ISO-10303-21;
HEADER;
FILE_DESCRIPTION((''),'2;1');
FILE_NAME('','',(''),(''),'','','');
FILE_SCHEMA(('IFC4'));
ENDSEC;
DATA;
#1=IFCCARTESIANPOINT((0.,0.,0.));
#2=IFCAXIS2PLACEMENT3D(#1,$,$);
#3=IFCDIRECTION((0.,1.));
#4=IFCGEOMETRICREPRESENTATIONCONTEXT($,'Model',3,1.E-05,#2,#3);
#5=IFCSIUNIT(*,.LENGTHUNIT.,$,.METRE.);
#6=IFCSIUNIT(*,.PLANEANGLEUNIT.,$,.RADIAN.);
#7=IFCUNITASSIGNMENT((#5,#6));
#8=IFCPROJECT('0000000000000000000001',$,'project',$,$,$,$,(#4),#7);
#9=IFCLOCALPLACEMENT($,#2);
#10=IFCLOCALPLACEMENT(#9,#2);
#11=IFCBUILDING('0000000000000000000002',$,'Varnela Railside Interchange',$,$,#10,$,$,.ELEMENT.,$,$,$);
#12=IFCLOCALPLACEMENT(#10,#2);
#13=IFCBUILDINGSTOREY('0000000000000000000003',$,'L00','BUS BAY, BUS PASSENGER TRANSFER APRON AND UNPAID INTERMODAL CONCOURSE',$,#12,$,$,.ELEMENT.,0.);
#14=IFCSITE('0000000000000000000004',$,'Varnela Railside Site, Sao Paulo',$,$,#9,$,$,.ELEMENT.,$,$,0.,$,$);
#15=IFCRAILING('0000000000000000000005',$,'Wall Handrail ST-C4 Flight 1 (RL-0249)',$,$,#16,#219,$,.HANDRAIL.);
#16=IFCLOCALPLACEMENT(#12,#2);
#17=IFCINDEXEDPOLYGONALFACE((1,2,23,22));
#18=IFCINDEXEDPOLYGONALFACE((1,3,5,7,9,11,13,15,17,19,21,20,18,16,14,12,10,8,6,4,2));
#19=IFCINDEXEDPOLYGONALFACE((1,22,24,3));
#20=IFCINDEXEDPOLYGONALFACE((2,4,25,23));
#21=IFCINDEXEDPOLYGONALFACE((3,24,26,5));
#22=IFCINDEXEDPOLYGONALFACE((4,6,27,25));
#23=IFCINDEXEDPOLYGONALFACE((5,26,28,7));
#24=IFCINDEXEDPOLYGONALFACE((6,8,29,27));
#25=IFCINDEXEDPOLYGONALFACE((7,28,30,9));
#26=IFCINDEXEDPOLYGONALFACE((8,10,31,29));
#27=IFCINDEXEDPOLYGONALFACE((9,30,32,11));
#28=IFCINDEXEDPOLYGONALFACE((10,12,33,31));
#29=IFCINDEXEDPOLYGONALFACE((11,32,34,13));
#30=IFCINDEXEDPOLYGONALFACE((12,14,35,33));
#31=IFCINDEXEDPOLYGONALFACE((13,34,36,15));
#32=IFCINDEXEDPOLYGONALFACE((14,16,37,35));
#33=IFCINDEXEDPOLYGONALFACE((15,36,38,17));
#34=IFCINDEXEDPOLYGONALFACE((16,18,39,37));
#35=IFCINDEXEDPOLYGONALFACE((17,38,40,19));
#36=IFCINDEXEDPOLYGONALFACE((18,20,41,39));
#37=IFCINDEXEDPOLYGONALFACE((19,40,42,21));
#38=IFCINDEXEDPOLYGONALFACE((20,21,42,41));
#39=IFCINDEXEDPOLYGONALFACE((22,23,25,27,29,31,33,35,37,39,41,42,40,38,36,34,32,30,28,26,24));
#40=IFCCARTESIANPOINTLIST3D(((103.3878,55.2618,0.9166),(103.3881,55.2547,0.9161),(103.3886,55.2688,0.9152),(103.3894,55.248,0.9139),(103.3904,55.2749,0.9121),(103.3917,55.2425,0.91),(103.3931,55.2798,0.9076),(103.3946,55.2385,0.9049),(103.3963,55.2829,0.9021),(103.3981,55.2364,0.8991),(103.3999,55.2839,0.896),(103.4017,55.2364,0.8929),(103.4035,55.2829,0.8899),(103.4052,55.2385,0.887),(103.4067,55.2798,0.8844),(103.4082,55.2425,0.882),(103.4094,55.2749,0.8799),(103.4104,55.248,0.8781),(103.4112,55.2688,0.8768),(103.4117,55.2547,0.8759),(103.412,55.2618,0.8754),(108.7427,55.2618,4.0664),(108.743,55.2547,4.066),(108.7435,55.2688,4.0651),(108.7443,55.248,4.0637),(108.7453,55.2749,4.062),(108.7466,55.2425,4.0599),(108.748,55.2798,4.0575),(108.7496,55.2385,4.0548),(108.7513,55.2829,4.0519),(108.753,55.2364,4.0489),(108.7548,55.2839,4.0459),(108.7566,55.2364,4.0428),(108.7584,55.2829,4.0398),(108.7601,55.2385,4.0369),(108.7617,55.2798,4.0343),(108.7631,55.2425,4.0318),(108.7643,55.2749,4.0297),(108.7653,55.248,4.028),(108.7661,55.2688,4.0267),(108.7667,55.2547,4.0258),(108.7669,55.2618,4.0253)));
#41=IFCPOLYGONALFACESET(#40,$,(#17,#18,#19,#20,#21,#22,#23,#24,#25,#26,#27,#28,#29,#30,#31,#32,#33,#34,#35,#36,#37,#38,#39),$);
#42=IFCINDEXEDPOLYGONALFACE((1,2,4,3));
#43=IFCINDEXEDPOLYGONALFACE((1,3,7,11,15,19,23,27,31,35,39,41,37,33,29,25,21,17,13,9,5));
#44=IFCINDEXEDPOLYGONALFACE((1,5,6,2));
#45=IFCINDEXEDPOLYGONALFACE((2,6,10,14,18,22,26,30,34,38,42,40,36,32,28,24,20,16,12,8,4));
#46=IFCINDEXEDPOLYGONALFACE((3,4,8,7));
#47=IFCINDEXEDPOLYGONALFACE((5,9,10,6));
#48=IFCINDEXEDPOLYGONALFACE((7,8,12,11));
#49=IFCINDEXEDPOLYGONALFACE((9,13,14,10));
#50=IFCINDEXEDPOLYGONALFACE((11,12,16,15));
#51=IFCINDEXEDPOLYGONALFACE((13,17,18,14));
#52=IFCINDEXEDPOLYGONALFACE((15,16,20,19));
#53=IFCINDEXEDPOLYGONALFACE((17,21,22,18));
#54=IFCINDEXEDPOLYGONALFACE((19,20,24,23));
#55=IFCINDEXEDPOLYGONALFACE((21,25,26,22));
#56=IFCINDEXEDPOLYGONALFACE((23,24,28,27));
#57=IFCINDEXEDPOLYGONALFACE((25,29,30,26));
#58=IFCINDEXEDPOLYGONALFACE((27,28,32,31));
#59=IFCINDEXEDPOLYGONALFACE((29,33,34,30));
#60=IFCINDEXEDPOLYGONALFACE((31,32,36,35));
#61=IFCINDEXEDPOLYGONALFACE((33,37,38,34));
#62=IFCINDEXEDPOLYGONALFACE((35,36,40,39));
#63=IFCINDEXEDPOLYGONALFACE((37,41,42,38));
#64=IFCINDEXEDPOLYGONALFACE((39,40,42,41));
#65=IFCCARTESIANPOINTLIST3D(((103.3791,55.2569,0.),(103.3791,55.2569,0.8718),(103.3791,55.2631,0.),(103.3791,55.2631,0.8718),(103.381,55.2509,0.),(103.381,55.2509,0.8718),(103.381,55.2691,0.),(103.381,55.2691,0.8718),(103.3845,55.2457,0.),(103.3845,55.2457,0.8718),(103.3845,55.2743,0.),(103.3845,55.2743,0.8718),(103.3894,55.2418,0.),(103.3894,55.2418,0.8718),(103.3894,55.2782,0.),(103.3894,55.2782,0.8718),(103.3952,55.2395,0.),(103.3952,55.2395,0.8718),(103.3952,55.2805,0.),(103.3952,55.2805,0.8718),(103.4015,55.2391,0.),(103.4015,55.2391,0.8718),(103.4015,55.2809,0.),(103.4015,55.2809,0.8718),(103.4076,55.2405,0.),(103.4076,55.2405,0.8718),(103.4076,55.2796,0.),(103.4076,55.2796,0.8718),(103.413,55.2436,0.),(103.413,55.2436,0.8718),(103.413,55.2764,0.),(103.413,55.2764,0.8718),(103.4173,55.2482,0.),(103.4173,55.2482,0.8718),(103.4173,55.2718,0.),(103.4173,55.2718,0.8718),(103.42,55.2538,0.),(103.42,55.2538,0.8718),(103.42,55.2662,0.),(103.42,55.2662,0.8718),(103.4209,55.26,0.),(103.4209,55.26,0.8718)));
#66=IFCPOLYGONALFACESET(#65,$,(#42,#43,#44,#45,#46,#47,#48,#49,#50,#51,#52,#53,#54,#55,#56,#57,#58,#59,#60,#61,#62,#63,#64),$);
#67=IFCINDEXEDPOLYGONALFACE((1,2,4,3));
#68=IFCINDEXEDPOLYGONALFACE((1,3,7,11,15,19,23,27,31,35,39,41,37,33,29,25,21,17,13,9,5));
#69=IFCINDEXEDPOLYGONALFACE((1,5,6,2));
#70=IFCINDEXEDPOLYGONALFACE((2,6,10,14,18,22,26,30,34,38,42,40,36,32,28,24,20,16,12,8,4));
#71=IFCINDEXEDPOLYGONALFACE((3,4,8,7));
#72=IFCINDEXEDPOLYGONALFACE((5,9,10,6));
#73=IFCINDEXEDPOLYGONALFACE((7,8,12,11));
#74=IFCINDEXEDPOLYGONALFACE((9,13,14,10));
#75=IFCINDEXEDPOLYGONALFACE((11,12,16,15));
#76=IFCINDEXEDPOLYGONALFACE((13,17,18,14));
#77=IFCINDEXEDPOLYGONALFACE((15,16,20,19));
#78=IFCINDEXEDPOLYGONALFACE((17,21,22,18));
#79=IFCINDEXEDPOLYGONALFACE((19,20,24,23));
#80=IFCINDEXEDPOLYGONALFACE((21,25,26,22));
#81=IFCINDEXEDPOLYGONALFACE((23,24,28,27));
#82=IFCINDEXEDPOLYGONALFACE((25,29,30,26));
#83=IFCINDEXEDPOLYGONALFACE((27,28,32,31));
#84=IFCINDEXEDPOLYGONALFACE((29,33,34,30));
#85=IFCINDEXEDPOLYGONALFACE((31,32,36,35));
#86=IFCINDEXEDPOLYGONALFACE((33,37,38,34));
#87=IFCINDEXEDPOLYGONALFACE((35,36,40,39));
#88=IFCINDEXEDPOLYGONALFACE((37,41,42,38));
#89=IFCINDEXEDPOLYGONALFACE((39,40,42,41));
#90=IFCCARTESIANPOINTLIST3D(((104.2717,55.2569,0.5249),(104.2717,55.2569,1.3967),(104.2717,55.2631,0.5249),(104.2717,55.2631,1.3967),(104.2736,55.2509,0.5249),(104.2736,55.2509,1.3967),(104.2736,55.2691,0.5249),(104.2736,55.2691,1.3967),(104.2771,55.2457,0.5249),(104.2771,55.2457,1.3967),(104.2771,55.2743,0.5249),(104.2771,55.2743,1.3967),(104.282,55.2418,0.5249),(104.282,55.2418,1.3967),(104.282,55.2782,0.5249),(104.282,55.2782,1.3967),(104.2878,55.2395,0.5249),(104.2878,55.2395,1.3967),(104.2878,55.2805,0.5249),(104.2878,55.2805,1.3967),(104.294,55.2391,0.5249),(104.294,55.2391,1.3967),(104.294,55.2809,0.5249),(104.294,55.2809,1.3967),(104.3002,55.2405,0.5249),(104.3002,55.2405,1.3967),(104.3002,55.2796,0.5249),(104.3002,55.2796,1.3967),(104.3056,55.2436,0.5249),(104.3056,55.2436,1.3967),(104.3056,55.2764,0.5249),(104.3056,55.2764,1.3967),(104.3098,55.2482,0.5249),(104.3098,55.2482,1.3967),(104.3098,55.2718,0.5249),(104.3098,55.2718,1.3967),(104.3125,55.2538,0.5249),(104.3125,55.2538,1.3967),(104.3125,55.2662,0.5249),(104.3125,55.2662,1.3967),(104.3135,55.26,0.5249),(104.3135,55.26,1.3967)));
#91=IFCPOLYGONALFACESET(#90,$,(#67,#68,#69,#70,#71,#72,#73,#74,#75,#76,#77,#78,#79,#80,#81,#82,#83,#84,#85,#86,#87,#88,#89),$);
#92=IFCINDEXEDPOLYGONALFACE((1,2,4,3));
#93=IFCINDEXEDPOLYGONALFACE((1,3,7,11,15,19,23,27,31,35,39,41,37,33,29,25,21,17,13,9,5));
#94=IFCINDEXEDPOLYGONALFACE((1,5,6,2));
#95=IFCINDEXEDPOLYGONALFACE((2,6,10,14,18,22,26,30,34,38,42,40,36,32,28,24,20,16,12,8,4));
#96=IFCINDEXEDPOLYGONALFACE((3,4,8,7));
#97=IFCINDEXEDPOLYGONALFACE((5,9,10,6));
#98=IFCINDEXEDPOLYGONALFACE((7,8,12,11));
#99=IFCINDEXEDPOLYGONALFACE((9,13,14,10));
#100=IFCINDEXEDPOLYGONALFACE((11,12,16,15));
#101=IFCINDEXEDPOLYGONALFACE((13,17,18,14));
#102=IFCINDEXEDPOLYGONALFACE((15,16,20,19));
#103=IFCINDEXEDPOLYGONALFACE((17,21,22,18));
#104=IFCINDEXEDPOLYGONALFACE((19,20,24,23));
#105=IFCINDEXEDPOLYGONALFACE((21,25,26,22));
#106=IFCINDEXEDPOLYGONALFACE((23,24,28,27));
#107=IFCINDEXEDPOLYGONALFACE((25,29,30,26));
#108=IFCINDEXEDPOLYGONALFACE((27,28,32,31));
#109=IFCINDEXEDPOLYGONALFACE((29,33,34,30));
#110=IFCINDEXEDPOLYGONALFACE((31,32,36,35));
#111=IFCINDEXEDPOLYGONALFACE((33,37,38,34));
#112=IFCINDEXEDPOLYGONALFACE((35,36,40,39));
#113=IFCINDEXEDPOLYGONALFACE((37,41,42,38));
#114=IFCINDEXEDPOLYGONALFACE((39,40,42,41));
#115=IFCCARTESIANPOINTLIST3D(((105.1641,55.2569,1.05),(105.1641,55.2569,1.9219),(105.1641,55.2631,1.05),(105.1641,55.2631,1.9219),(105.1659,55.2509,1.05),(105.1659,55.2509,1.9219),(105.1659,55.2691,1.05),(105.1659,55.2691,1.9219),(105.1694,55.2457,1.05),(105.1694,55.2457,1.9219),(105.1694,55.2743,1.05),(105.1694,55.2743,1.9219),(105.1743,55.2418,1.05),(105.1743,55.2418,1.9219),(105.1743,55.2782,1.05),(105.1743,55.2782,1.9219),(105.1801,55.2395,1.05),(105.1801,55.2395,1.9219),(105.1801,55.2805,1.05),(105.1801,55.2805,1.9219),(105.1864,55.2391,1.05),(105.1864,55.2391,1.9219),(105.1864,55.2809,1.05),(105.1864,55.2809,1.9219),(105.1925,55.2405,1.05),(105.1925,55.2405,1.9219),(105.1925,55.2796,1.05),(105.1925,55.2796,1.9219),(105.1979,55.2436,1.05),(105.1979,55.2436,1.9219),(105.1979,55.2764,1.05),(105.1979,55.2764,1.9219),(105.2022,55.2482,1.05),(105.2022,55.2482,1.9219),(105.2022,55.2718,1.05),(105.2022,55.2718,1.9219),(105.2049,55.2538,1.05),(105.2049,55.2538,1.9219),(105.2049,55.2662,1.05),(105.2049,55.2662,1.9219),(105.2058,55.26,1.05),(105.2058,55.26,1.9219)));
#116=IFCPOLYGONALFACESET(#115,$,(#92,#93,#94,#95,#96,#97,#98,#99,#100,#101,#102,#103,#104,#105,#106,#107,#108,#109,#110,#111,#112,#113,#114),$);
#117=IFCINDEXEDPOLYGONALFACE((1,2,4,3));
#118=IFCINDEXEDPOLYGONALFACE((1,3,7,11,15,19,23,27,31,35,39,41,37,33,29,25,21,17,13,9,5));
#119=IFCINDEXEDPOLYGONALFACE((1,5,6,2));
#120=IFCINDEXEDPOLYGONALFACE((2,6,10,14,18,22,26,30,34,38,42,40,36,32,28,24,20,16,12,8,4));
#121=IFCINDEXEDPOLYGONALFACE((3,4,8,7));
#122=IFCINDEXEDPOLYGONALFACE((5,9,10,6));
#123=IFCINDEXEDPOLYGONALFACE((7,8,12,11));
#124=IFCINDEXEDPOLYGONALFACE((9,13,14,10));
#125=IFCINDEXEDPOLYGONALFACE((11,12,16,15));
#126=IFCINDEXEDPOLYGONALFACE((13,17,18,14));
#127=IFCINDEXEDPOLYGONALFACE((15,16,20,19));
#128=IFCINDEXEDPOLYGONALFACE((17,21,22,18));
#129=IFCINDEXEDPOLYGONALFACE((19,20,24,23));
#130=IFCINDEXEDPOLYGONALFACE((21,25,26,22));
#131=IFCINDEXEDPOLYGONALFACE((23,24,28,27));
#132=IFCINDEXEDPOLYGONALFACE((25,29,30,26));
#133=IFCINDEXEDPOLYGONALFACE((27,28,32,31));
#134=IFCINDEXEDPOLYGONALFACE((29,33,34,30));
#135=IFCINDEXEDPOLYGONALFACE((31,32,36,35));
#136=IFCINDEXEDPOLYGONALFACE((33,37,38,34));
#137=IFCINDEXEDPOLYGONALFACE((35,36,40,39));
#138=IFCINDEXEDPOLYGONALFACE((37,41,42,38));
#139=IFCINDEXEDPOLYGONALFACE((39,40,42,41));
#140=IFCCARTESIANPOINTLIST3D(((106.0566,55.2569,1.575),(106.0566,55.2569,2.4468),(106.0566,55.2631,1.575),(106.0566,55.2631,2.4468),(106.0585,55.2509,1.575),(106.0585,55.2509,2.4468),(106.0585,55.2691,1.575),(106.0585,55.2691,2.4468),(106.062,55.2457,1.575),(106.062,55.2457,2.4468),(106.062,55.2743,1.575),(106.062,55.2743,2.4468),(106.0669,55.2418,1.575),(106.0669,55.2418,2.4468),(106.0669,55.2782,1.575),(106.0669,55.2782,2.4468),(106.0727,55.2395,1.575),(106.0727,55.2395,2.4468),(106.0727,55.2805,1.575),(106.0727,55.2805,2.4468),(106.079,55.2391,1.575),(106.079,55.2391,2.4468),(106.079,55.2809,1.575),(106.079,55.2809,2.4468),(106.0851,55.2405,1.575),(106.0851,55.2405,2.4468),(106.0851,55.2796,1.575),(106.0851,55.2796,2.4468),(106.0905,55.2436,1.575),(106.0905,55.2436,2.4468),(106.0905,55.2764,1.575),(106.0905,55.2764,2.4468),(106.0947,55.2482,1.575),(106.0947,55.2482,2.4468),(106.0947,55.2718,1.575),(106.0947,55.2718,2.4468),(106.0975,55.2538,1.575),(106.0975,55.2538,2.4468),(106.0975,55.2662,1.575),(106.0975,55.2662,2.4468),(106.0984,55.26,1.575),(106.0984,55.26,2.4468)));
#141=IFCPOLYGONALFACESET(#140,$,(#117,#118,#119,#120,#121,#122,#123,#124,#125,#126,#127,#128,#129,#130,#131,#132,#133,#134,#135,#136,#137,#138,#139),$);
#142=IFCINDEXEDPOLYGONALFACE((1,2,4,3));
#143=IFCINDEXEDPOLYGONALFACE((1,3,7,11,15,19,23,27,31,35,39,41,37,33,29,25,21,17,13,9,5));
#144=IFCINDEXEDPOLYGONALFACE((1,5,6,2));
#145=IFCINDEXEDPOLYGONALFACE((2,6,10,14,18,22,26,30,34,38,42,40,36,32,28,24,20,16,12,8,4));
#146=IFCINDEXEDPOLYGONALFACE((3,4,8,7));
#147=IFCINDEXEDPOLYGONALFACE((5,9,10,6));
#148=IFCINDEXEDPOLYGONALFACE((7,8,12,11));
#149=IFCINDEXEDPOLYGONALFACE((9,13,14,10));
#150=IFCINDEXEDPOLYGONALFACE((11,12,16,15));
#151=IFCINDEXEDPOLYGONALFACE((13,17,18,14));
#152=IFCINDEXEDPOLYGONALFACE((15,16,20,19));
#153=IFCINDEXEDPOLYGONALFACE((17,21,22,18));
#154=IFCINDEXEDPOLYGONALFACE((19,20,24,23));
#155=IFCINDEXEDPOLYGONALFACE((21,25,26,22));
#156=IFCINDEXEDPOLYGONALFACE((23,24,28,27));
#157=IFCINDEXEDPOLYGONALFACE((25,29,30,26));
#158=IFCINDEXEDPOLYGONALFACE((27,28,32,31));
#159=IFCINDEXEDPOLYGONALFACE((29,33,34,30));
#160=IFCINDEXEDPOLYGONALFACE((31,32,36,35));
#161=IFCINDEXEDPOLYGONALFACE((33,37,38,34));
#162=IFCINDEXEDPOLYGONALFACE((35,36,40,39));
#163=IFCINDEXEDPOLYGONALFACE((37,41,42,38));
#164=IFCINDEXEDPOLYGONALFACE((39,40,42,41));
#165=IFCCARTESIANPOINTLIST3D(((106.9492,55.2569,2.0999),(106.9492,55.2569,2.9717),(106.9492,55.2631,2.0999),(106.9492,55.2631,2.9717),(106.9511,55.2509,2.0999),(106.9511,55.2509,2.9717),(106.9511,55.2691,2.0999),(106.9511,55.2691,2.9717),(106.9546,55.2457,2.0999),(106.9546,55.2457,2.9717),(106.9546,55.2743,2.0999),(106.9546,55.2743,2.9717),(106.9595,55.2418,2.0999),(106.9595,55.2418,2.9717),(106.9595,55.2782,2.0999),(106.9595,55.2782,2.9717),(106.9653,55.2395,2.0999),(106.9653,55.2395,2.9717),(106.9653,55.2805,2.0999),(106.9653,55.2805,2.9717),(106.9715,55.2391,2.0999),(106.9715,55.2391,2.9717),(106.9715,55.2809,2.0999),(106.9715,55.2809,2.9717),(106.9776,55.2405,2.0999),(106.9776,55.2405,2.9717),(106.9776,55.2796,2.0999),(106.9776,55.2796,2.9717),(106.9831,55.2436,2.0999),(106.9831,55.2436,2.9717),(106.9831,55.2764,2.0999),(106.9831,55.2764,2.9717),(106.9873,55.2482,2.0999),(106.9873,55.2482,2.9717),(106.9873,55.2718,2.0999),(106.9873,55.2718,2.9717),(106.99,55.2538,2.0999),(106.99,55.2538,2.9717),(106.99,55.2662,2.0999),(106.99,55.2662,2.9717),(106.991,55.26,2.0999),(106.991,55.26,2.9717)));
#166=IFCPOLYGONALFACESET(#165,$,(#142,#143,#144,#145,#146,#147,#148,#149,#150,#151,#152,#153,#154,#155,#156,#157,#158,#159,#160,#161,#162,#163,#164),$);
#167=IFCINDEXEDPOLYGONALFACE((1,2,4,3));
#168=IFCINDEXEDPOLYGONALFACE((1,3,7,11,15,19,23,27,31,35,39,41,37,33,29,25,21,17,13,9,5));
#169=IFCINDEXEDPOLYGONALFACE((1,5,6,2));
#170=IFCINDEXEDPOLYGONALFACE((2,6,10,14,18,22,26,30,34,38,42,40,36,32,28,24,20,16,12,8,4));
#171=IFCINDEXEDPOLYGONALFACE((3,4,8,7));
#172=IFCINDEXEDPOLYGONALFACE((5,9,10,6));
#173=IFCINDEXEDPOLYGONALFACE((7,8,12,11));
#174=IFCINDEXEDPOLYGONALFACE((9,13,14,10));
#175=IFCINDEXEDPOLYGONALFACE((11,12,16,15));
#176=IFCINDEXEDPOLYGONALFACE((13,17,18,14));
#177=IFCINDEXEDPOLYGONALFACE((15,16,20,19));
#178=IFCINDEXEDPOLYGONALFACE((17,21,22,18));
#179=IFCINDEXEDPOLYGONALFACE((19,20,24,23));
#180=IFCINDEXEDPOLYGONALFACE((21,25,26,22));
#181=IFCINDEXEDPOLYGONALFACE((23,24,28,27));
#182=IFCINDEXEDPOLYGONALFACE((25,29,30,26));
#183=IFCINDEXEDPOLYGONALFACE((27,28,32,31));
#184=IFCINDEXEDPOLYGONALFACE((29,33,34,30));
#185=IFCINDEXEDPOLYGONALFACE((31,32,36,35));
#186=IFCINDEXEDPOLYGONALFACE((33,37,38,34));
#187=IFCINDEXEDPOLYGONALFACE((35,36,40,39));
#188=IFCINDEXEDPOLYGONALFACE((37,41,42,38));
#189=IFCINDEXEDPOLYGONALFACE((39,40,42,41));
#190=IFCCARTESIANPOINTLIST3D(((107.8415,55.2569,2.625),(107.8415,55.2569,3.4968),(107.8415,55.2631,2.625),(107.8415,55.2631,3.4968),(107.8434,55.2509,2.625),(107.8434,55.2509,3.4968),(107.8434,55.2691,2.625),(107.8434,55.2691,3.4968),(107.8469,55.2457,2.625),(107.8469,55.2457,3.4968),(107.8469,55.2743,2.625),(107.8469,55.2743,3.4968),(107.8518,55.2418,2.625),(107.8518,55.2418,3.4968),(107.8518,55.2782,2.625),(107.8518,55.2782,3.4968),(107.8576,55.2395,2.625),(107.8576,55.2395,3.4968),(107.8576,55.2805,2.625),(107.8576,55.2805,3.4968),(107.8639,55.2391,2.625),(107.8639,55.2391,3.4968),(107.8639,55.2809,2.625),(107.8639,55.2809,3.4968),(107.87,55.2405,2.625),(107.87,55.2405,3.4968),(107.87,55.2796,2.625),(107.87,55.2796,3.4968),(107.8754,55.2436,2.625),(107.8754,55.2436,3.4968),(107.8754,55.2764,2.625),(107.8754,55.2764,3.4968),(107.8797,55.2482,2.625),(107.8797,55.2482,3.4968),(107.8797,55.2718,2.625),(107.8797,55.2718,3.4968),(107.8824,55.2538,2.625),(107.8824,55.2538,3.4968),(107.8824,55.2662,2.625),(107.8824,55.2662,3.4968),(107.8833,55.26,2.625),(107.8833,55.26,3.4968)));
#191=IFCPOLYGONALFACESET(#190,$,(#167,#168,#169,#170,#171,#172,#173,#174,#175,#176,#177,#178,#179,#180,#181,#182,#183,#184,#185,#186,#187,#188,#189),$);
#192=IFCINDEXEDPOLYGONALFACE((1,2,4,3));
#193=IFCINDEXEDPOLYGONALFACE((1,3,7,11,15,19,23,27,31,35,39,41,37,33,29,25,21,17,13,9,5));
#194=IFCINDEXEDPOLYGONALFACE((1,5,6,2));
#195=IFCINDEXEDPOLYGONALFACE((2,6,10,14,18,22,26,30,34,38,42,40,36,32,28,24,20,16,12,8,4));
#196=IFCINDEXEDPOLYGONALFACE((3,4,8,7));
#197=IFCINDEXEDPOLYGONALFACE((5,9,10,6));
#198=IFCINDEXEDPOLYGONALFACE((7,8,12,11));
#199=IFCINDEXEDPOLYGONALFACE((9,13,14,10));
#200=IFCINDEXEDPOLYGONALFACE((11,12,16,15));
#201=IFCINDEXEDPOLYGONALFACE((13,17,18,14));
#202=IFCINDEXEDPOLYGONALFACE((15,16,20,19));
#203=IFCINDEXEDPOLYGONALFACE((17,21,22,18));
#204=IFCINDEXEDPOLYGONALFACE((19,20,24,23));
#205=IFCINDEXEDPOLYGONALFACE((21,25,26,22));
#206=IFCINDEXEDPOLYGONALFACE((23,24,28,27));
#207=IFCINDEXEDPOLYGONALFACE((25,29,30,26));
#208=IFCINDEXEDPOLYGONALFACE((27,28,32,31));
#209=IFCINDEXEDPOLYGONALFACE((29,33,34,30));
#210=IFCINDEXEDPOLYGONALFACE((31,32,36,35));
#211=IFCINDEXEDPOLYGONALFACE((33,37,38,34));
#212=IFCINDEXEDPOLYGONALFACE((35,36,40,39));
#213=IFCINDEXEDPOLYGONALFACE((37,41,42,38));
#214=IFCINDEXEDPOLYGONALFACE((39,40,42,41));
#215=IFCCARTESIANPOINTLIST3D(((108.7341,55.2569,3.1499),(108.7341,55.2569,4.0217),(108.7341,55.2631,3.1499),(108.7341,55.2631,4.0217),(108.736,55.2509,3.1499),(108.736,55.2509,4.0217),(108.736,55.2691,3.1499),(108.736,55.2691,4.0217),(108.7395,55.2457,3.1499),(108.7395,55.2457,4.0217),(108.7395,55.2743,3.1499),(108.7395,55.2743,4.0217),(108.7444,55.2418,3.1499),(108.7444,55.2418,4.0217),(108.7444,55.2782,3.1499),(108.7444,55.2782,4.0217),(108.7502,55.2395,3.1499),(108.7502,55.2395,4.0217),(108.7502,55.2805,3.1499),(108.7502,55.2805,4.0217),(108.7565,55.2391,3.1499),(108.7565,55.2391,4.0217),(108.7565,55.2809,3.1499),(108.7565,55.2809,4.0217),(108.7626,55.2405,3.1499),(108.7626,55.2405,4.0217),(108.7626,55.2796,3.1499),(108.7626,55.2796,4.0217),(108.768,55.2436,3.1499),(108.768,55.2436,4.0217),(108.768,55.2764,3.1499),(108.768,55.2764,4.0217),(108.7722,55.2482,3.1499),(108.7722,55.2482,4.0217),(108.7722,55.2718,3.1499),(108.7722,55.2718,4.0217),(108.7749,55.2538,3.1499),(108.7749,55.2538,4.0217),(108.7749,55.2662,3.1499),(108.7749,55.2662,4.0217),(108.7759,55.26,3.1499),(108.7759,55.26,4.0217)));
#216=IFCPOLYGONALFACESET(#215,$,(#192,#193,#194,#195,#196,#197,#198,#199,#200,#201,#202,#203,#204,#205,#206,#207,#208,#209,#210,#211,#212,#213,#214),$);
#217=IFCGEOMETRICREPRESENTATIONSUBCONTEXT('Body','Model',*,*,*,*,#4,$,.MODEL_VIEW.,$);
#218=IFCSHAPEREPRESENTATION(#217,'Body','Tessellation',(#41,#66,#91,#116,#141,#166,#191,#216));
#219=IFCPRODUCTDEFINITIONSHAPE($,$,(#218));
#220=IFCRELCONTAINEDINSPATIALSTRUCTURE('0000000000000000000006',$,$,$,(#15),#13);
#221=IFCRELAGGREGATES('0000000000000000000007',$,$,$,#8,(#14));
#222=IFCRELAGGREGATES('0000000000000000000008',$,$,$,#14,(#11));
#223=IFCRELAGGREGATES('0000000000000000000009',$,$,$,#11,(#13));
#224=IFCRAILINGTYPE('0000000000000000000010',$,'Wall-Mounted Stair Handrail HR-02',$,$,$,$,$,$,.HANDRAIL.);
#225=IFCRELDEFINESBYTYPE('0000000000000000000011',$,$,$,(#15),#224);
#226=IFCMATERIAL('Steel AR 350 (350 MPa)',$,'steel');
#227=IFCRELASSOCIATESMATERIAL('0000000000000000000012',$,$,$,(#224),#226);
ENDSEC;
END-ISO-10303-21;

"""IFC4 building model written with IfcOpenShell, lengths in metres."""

from ifc_helpers import new_model, si_unit, direction, frame, origin, origin_2d, place, context, subcontext, project, spatial, circle, extrude, material, type_object, element, save


model = new_model("IFC4")

# Units and contexts
model_context = context("Model", 3, precision=1e-05, world=origin(), true_north=direction((0.0, 1.0)))
body_context = subcontext(model_context, "Body", "Model", "MODEL_VIEW")
ifc_project = project(units=[si_unit("LENGTHUNIT", "METRE"), si_unit("PLANEANGLEUNIT", "RADIAN")], contexts=[model_context])

# Site, building, storey
site_placement = place(None, origin())
site = spatial("IfcSite", under=ifc_project, at=site_placement, Name="Varnela Railside Site, Sao Paulo", CompositionType="ELEMENT", RefElevation=0.0)
building_placement = place(site_placement, origin())
building = spatial("IfcBuilding", under=site, at=building_placement, Name="Varnela Railside Interchange", CompositionType="ELEMENT")
storey_placement = place(building_placement, origin())
storey = spatial("IfcBuildingStorey", under=building, at=storey_placement, Name="L00", Description="BUS BAY, BUS PASSENGER TRANSFER APRON AND UNPAID INTERMODAL CONCOURSE", CompositionType="ELEMENT", Elevation=0.0)

# Shared definitions
ifc_material_1 = material(Name="Steel AR 350 (350 MPa)", Category="steel")

# Railing
railing_type_1 = type_object("IfcRailingType", Name="Wall-Mounted Stair Handrail HR-02", PredefinedType="HANDRAIL", material=ifc_material_1)
railing_1_placement = place(storey_placement, frame((103.3999, 55.26, 0.0)))
element("IfcRailing", 1, at=railing_1_placement, inside=storey, type_object=railing_type_1, Name="Wall Handrail ST-C4 Flight 1 (RL-0249)", PredefinedType="HANDRAIL", context=body_context, shape_type="SweptSolid", body=[
    extrude(circle(Radius=0.0239, at=origin_2d()), frame((0.0, 0.0, 0.896), z_axis=(0.86194, 0.0, 0.50701), x_axis=(0.0, 1.0, 0.0)), (0.0, 0.0, 1.0), 6.2126),
    extrude(circle(Radius=0.021, at=origin_2d()), origin(), (0.0, 0.0, 1.0), 0.8718),
    extrude(circle(Radius=0.021, at=origin_2d()), frame((0.8926, 0.0, 0.5249)), (0.0, 0.0, 1.0), 0.8718),
    extrude(circle(Radius=0.021, at=origin_2d()), frame((1.7849, 0.0, 1.05)), (0.0, 0.0, 1.0), 0.8718),
    extrude(circle(Radius=0.021, at=origin_2d()), frame((2.6775, 0.0, 1.575)), (0.0, 0.0, 1.0), 0.8718),
    extrude(circle(Radius=0.021, at=origin_2d()), frame((3.5701, 0.0, 2.0999)), (0.0, 0.0, 1.0), 0.8718),
    extrude(circle(Radius=0.021, at=origin_2d()), frame((4.4624, 0.0, 2.625)), (0.0, 0.0, 1.0), 0.8718),
    extrude(circle(Radius=0.021, at=origin_2d()), frame((5.355, 0.0, 3.1499)), (0.0, 0.0, 1.0), 0.8718),
])

save(model, "model.ifc")
